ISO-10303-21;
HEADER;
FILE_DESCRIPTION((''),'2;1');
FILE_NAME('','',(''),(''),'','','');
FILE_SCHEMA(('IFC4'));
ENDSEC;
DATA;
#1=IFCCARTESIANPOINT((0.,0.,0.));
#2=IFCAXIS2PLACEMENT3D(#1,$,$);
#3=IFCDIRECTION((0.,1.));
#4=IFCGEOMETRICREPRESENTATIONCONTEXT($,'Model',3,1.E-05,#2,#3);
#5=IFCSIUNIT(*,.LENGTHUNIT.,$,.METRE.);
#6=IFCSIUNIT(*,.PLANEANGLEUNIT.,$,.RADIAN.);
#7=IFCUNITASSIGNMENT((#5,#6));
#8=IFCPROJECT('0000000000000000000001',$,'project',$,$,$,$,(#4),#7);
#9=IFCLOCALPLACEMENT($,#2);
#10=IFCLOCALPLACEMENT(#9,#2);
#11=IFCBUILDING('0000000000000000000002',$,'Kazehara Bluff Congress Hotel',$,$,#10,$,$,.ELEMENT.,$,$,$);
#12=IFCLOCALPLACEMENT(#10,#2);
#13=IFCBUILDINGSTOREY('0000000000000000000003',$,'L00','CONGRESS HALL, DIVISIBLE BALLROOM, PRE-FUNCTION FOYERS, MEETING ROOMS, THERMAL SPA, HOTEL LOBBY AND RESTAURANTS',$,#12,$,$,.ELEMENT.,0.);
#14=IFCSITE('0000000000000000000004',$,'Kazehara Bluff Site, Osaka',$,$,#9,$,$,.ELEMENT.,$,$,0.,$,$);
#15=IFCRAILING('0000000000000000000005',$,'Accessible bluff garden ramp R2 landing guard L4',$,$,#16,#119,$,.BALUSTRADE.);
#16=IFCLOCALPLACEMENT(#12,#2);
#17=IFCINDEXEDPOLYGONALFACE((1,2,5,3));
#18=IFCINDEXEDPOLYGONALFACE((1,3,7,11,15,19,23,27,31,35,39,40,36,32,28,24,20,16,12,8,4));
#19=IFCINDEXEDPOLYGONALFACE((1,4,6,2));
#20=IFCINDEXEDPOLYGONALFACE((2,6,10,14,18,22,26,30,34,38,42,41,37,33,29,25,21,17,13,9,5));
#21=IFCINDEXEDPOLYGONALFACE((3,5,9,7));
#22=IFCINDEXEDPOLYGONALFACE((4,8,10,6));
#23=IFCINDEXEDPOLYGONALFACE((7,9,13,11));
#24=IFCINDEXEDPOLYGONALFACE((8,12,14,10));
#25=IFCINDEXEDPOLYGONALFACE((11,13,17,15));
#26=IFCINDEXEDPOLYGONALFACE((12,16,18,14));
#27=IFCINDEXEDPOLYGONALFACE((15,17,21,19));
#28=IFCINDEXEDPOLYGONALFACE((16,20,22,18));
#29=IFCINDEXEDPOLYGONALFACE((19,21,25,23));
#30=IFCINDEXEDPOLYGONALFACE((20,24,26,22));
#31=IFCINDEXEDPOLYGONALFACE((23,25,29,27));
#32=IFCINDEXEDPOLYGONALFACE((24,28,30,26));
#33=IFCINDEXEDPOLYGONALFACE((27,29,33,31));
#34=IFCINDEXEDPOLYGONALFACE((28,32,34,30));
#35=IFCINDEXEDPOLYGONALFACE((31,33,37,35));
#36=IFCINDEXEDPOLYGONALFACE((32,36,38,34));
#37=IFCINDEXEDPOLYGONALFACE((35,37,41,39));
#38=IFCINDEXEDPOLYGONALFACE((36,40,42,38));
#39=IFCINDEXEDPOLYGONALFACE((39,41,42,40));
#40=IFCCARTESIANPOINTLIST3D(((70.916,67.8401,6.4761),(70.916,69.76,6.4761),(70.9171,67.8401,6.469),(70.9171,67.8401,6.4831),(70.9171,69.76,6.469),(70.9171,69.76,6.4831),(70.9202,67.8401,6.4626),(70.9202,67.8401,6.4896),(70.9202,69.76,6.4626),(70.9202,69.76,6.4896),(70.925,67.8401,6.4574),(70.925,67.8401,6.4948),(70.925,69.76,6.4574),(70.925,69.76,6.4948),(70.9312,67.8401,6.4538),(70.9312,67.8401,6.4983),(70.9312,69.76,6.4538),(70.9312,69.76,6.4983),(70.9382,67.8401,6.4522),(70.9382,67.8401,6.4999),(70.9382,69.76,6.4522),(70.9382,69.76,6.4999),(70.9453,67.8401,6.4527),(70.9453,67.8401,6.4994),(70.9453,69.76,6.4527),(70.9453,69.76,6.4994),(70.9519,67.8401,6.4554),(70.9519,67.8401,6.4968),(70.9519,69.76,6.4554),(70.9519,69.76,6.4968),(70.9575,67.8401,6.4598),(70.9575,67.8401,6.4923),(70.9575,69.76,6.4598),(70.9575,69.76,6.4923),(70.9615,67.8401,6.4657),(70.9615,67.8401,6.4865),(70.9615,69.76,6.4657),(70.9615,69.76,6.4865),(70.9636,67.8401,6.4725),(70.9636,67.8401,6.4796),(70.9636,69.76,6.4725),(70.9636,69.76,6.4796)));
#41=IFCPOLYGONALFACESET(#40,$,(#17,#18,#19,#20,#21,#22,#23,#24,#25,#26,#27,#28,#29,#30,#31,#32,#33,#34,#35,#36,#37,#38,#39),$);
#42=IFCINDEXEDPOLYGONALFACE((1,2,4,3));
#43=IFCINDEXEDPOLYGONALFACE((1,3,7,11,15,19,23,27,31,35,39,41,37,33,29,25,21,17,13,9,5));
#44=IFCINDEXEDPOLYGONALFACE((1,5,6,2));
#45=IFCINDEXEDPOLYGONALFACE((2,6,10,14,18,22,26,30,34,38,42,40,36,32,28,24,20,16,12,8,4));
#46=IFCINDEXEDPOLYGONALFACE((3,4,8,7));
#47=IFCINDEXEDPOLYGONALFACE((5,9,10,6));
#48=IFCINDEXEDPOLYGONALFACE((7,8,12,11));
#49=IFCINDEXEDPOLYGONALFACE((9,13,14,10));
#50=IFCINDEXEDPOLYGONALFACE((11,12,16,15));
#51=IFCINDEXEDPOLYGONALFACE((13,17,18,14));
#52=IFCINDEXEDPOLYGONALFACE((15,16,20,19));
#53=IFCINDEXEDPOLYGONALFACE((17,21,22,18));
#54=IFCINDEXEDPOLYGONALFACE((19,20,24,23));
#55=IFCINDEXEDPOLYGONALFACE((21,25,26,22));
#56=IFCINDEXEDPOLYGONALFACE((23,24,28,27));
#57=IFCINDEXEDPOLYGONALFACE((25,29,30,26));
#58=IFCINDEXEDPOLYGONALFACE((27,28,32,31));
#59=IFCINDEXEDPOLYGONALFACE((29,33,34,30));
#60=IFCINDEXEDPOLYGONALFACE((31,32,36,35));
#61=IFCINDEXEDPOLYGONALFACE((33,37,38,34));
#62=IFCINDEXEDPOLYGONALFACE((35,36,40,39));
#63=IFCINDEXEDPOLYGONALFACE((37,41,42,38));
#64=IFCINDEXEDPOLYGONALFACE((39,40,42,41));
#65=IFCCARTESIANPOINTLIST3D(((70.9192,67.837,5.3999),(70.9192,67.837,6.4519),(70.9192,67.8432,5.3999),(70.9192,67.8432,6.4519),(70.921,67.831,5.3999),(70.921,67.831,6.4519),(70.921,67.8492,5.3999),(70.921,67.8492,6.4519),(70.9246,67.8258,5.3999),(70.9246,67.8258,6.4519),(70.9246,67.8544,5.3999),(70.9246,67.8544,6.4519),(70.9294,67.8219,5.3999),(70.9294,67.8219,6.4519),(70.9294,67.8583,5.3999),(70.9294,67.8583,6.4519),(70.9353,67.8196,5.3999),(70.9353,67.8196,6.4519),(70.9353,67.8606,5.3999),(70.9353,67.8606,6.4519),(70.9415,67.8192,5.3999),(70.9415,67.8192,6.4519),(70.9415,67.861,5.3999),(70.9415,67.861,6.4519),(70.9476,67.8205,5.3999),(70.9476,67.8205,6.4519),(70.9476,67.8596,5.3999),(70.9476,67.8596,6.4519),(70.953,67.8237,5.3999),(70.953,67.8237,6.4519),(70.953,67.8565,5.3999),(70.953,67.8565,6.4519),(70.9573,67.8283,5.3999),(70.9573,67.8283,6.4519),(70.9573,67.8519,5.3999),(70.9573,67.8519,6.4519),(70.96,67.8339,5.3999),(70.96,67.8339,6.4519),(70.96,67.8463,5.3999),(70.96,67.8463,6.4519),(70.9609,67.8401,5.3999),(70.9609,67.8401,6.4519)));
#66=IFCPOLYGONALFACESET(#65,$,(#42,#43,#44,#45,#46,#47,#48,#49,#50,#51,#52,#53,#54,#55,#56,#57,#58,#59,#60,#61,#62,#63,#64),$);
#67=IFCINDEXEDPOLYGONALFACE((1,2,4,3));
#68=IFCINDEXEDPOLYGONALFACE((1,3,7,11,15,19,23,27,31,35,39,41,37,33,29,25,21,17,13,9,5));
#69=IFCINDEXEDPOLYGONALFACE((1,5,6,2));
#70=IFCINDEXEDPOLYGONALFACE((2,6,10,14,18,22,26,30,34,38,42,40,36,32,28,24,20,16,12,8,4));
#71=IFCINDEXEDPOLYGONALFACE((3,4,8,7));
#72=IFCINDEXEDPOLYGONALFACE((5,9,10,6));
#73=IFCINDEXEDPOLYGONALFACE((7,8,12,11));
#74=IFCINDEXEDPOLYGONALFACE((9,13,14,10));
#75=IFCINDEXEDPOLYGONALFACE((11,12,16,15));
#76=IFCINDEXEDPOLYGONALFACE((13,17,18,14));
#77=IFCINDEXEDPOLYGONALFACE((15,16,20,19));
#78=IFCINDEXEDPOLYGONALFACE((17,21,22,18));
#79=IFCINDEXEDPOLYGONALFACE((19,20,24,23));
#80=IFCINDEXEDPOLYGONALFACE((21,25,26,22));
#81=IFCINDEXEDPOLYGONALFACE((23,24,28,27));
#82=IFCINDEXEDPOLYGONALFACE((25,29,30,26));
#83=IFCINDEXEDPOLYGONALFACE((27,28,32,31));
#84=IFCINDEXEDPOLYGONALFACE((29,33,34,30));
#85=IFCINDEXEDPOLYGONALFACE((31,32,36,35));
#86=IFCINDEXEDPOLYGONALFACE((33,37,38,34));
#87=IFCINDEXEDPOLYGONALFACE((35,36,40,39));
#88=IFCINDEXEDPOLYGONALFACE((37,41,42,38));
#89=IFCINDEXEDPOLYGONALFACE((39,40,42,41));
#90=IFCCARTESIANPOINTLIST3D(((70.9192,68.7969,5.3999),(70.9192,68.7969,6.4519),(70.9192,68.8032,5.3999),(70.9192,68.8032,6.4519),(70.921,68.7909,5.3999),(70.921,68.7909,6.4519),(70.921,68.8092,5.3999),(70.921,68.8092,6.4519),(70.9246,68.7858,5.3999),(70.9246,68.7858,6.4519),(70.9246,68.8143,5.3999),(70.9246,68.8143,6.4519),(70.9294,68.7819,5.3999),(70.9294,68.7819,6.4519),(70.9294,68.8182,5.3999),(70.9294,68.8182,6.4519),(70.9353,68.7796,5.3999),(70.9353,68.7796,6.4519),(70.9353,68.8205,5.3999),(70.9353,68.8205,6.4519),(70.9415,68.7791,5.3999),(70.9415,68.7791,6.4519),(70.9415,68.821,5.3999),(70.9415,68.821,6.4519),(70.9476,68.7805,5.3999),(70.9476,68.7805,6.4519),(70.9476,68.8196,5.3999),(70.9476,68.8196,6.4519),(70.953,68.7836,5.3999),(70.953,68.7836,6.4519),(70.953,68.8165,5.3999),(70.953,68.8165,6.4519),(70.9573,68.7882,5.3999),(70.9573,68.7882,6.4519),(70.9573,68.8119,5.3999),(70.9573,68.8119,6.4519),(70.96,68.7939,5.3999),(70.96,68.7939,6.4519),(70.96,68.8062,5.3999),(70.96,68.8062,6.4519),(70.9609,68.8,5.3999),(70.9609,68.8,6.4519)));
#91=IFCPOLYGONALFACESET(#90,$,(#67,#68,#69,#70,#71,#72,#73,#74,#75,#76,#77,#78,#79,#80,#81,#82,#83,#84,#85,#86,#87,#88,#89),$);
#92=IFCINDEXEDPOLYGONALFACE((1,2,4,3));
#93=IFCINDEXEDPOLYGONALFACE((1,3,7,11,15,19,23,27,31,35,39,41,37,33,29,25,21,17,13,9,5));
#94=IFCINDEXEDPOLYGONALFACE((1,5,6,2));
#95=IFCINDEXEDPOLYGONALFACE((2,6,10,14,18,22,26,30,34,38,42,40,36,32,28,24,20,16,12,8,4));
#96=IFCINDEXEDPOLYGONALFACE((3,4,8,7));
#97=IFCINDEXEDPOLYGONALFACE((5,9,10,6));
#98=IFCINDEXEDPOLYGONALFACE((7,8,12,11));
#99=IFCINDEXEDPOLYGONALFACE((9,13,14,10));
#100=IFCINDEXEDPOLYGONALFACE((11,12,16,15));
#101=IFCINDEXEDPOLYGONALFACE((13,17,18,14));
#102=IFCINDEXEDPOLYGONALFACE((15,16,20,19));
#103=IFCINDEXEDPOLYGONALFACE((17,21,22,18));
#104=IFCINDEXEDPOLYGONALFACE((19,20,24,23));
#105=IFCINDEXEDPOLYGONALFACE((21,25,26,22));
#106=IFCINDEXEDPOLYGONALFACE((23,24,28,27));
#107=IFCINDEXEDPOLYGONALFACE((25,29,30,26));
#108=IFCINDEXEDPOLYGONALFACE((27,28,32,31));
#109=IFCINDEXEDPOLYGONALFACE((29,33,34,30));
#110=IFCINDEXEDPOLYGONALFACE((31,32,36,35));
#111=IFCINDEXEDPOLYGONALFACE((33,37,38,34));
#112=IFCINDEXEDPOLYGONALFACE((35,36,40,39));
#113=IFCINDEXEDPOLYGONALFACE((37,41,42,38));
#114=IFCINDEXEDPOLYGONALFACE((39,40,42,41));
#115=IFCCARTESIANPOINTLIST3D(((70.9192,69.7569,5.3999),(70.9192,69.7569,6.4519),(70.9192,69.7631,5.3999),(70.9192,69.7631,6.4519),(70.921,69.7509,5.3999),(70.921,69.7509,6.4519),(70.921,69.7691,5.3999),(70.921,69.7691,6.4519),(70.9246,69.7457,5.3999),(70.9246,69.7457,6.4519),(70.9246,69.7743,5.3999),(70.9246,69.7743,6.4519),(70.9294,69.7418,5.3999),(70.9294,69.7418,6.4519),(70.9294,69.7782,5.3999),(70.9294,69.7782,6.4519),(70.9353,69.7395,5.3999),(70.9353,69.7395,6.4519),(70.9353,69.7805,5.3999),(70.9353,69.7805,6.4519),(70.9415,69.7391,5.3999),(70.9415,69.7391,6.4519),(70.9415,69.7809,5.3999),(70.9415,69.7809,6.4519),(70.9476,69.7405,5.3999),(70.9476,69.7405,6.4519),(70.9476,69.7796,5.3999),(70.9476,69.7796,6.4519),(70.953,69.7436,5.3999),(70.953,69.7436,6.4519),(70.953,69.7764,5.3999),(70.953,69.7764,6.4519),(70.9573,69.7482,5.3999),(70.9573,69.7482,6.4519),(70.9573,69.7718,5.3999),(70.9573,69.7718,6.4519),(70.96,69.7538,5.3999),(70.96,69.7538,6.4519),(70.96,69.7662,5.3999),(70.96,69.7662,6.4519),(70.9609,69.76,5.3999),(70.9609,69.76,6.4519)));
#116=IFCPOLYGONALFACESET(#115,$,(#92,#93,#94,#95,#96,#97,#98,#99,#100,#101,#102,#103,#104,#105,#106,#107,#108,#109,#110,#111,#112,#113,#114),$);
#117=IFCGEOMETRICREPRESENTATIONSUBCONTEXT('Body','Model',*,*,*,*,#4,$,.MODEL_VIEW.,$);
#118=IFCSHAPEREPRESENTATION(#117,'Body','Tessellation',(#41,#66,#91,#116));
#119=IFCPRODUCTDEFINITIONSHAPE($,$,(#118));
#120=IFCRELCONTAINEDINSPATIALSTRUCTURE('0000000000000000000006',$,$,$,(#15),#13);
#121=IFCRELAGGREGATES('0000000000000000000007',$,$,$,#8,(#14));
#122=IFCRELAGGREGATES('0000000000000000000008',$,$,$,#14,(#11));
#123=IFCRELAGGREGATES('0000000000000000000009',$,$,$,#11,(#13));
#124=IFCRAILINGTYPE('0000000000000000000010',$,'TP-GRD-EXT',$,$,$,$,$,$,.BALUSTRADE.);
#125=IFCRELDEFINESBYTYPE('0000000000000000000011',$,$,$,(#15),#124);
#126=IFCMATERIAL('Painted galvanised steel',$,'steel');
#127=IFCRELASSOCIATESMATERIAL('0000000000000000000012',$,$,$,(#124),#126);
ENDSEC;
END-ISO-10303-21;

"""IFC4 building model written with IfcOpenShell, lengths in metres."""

from ifc_helpers import new_model, si_unit, direction, frame, origin, origin_2d, place, context, subcontext, project, spatial, circle, extrude, material, type_object, element, save


model = new_model("IFC4")

# Units and contexts
model_context = context("Model", 3, precision=1e-05, world=origin(), true_north=direction((0.0, 1.0)))
body_context = subcontext(model_context, "Body", "Model", "MODEL_VIEW")
ifc_project = project(units=[si_unit("LENGTHUNIT", "METRE"), si_unit("PLANEANGLEUNIT", "RADIAN")], contexts=[model_context])

# Site, building, storey
site_placement = place(None, origin())
site = spatial("IfcSite", under=ifc_project, at=site_placement, Name="Kazehara Bluff Site, Osaka", CompositionType="ELEMENT", RefElevation=0.0)
building_placement = place(site_placement, origin())
building = spatial("IfcBuilding", under=site, at=building_placement, Name="Kazehara Bluff Congress Hotel", CompositionType="ELEMENT")
storey_placement = place(building_placement, origin())
storey = spatial("IfcBuildingStorey", under=building, at=storey_placement, Name="L00", Description="CONGRESS HALL, DIVISIBLE BALLROOM, PRE-FUNCTION FOYERS, MEETING ROOMS, THERMAL SPA, HOTEL LOBBY AND RESTAURANTS", CompositionType="ELEMENT", Elevation=0.0)

# Railing
ifc_material_1 = material(Name="Painted galvanised steel", Category="steel")
railing_type = type_object("IfcRailingType", Name="TP-GRD-EXT", PredefinedType="BALUSTRADE", material=ifc_material_1)
railing_1_placement = place(storey_placement, frame((70.9399, 67.8401, 5.3999)))
element("IfcRailing", 1, at=railing_1_placement, inside=storey, type_object=railing_type, Name="Accessible bluff garden ramp R2 landing guard L4", PredefinedType="BALUSTRADE", context=body_context, shape_type="SweptSolid", body=[
    extrude(circle(Radius=0.0239, at=origin_2d()), frame((0.0, 0.0, 1.0762), z_axis=(0.0, 1.0, 0.0), x_axis=(-1.0, 0.0, 0.0)), (0.0, 0.0, 1.0), 1.9199),
    extrude(circle(Radius=0.021, at=origin_2d()), origin(), (0.0, 0.0, 1.0), 1.052),
    extrude(circle(Radius=0.021, at=origin_2d()), frame((0.0, 0.96, 0.0)), (0.0, 0.0, 1.0), 1.052),
    extrude(circle(Radius=0.021, at=origin_2d()), frame((0.0, 1.9199, 0.0)), (0.0, 0.0, 1.0), 1.052),
])

save(model, "model.ifc")
